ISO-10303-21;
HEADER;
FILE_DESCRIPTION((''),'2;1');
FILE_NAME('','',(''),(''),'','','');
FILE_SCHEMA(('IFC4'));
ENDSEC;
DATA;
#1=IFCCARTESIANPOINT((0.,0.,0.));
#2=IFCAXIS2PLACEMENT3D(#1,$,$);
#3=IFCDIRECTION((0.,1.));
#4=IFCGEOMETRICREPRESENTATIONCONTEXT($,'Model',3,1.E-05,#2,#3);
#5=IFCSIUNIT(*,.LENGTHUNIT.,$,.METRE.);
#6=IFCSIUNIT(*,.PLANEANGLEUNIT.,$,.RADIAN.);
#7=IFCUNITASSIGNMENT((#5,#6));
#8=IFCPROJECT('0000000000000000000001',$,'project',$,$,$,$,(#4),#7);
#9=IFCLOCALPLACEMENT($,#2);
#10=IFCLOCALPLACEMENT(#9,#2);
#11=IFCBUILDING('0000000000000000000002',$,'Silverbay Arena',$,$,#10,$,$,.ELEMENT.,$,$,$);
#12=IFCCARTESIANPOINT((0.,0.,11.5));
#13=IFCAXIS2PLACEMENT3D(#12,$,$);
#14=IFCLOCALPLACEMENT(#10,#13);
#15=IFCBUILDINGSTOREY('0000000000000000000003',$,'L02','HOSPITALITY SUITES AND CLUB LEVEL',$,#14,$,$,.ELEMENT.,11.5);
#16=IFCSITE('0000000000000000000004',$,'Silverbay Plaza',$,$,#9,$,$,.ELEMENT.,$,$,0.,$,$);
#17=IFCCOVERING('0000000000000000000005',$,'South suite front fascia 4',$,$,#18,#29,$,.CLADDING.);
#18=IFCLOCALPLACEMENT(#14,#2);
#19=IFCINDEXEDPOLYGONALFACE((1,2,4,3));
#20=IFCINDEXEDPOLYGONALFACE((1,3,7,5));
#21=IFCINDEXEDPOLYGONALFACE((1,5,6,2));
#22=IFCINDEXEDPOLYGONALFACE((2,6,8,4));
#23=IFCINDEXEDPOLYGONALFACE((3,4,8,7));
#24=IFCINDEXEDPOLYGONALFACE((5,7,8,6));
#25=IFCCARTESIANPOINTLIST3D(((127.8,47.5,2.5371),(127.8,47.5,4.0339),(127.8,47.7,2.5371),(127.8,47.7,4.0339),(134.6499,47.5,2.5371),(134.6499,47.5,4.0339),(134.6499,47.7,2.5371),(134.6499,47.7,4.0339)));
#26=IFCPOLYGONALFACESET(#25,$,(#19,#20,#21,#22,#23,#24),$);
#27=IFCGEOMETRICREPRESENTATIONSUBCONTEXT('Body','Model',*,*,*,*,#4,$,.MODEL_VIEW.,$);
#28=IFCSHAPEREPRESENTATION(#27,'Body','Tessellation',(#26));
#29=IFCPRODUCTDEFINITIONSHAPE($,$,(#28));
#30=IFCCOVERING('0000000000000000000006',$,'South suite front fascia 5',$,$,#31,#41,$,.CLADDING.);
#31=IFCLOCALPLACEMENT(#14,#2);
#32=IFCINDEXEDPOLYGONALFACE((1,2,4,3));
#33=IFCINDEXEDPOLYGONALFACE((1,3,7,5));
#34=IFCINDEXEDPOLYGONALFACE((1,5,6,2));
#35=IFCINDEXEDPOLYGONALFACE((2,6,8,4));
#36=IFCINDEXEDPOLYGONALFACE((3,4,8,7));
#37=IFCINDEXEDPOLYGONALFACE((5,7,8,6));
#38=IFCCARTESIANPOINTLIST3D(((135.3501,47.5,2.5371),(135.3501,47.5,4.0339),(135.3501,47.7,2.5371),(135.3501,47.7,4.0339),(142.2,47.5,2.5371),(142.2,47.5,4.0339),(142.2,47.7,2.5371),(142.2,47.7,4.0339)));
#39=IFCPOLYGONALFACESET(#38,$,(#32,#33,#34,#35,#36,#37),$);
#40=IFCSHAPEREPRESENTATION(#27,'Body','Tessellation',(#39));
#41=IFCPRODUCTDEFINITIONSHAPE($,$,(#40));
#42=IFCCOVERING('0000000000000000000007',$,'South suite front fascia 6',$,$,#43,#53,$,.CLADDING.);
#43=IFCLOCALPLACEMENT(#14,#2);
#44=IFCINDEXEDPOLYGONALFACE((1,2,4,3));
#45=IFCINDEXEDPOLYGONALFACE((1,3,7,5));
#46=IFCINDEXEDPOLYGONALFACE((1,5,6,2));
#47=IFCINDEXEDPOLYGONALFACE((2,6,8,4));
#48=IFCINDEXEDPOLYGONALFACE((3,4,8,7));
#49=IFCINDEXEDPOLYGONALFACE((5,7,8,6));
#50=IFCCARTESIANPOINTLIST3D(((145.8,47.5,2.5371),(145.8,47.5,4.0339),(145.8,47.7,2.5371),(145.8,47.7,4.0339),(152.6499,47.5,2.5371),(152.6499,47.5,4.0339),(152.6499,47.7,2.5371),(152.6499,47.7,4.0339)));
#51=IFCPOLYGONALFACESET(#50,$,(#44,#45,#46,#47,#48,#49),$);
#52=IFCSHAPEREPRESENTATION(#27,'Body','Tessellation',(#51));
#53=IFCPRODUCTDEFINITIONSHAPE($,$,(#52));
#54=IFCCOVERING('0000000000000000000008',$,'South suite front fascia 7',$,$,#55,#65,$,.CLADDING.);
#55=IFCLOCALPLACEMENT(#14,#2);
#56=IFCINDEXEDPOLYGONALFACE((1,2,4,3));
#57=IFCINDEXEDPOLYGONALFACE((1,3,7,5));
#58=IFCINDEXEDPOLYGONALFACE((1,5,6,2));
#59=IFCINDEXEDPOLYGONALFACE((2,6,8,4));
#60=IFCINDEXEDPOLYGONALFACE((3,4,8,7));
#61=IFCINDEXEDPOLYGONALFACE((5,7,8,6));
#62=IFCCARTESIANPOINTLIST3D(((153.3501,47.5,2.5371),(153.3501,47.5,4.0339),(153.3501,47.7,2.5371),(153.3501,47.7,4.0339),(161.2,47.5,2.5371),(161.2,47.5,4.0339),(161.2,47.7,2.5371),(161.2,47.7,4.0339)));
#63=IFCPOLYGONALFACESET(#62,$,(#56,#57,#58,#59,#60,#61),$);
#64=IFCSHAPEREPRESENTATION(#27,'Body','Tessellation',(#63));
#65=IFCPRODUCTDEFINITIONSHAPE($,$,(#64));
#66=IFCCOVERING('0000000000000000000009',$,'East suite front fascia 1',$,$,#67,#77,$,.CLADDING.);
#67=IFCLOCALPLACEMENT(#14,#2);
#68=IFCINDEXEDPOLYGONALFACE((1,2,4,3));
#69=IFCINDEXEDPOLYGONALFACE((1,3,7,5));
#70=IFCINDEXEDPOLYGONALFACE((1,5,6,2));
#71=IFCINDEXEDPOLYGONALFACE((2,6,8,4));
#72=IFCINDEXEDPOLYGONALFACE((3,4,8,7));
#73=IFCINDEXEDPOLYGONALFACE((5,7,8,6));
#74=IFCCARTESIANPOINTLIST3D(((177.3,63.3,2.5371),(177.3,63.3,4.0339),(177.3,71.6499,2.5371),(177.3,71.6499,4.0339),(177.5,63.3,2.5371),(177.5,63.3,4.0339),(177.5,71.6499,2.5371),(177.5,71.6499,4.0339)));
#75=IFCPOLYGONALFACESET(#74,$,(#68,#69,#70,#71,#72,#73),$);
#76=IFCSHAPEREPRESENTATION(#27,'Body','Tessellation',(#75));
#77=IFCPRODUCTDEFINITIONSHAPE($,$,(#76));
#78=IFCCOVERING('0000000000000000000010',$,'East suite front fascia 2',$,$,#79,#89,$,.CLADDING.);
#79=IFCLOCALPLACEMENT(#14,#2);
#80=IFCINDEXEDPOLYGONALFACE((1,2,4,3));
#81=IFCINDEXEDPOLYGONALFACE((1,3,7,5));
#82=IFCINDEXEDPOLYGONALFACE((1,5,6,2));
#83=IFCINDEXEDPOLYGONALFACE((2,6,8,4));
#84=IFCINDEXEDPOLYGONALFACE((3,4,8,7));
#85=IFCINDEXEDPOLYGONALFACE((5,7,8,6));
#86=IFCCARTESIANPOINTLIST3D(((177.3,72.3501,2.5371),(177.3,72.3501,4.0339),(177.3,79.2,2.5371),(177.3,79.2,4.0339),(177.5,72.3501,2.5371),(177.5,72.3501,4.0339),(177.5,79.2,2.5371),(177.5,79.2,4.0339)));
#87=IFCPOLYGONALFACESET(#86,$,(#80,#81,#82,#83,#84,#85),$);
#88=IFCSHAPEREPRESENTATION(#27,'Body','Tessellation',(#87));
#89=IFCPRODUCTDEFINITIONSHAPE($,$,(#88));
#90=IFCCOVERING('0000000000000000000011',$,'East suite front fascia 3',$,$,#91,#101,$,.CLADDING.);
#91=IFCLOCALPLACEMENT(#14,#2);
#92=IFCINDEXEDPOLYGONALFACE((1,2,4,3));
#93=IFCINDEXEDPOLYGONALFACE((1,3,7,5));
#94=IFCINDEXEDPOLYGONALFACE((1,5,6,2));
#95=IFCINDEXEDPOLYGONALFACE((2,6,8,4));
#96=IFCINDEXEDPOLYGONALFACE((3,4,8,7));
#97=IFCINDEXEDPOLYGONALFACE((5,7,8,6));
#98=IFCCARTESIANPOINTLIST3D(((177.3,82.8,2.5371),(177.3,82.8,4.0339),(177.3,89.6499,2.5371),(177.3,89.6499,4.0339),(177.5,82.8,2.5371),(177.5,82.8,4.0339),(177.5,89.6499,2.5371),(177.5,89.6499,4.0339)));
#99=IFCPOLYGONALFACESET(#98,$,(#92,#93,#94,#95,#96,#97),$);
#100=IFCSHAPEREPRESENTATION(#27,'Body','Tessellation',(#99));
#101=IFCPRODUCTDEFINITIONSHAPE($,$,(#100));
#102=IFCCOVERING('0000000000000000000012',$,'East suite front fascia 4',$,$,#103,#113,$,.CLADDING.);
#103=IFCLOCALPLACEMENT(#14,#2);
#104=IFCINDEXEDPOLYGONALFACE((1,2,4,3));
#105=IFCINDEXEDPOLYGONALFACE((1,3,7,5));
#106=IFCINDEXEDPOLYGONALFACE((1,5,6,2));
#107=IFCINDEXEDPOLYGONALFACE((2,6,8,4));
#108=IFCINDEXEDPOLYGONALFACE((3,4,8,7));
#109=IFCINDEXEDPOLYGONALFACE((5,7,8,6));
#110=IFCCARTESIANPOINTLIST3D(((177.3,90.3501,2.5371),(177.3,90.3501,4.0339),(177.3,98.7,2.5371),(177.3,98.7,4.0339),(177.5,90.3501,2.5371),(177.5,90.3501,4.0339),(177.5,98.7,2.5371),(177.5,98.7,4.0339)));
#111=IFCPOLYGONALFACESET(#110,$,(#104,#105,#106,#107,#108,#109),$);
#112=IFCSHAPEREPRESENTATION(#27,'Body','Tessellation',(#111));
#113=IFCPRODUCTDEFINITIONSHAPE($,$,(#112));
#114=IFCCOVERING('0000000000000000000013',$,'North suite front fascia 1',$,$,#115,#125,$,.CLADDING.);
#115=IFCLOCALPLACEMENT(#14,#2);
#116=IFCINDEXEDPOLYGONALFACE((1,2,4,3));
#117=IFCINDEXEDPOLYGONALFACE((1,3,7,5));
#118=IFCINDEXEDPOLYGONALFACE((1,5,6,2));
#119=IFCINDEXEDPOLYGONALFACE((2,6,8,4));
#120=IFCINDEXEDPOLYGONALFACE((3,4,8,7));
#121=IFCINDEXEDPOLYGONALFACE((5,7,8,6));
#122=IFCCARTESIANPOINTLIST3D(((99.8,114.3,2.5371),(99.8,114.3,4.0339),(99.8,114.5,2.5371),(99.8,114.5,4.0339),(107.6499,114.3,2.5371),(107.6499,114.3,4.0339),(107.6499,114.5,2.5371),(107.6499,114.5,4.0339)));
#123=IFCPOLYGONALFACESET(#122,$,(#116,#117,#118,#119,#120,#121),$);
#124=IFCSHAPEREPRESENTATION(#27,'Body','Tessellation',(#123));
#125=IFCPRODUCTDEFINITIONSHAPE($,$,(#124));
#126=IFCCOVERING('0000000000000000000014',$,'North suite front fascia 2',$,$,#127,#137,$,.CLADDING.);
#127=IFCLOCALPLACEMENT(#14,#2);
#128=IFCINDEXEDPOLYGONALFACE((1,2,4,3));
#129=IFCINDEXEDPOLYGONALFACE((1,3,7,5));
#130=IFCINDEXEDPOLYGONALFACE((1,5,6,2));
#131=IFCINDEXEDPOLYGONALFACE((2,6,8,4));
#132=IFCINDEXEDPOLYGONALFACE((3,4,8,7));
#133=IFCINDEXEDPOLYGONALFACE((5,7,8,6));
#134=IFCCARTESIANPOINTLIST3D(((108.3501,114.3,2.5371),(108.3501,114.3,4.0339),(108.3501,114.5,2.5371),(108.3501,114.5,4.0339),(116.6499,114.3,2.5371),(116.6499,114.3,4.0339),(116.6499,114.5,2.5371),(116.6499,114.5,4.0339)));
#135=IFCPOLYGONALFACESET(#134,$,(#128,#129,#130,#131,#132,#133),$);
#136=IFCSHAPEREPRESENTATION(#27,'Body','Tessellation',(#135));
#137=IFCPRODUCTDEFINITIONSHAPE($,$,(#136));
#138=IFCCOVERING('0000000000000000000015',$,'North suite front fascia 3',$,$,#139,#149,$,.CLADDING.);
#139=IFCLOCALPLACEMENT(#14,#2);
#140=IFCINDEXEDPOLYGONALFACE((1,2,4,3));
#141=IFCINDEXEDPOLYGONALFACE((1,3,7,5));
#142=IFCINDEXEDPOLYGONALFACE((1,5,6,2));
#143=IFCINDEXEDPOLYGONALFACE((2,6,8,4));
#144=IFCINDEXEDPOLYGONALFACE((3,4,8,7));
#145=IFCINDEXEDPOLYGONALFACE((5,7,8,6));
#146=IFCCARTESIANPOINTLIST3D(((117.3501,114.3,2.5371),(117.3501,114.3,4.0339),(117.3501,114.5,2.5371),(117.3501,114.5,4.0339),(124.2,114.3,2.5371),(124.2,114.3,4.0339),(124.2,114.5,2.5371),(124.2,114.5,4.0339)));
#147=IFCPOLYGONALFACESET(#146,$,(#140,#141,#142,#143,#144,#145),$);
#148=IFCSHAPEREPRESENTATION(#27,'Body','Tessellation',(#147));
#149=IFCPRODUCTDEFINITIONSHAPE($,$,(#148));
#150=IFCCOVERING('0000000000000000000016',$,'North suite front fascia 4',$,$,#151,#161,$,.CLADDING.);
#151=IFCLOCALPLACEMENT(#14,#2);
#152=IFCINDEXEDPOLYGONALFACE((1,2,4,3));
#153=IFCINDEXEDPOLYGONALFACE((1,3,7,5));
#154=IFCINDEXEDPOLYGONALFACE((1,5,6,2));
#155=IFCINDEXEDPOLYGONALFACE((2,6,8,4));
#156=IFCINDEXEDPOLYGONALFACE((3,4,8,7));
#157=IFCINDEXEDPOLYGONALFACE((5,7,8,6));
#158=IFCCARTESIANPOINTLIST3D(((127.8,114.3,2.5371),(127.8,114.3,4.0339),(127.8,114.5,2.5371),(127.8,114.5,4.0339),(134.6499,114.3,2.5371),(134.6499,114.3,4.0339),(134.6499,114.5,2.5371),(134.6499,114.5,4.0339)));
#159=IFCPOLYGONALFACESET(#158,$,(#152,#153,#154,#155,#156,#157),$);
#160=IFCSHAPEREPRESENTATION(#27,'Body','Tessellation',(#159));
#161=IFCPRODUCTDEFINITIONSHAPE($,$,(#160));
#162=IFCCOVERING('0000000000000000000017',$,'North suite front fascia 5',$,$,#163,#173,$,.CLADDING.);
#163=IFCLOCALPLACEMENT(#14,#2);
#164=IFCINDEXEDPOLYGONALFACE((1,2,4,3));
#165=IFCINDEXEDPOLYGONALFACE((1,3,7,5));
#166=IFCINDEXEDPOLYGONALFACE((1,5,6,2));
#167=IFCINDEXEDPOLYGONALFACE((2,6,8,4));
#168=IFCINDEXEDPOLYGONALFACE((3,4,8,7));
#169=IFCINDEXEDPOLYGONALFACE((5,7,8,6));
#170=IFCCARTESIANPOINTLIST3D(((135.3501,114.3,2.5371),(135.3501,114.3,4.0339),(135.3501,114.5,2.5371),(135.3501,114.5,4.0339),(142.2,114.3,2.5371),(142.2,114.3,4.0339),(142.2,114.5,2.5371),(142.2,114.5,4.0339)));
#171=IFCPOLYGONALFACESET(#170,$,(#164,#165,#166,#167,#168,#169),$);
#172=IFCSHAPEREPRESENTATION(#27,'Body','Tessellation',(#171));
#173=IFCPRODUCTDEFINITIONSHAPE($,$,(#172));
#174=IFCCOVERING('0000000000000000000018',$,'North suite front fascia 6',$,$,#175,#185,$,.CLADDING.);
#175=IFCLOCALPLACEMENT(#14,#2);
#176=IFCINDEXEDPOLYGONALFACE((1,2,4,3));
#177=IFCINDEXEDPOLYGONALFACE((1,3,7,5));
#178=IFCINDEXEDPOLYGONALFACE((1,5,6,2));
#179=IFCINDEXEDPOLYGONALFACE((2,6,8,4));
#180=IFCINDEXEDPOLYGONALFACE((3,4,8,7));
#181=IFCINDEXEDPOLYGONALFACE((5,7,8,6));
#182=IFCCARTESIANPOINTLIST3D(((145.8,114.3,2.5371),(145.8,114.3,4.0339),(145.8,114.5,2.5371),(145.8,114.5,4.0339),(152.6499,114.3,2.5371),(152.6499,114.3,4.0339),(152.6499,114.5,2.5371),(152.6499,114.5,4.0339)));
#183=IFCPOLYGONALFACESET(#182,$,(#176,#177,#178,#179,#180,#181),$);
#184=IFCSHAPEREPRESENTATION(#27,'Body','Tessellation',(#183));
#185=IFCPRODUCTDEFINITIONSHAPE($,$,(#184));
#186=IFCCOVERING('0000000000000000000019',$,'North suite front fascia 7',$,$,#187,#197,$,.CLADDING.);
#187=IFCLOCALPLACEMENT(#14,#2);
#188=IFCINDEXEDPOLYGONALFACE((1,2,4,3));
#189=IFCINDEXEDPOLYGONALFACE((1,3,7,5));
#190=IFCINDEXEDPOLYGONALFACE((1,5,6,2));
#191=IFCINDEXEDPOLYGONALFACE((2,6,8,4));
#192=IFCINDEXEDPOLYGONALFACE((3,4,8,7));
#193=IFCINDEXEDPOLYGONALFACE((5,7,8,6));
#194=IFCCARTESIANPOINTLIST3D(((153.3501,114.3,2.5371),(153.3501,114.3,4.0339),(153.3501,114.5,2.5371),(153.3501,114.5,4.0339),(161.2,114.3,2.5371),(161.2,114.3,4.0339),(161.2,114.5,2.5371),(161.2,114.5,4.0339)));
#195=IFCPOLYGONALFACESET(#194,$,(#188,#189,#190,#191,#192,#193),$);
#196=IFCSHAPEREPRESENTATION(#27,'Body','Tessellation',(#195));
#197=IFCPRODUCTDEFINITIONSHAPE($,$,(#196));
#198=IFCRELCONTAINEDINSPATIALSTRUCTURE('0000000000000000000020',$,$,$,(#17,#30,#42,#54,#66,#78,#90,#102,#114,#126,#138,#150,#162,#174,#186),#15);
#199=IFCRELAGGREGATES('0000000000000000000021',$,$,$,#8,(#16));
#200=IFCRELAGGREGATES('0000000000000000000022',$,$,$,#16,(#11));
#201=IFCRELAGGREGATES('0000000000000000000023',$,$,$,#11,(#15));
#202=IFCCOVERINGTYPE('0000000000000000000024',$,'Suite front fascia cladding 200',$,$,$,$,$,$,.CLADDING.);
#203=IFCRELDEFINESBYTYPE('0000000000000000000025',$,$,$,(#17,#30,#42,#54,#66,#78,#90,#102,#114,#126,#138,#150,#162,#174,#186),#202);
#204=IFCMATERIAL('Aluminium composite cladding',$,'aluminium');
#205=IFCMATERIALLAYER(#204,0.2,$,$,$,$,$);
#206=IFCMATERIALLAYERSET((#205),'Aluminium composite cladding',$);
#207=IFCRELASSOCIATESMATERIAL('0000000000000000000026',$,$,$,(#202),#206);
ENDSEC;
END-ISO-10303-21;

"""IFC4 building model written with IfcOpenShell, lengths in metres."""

from ifc_helpers import new_model, si_unit, direction, frame, origin, place, context, subcontext, project, spatial, polyline, outline, extrude, material, layer, layer_set, type_object, element, save


model = new_model("IFC4")

# Units and contexts
model_context = context("Model", 3, precision=1e-05, world=origin(), true_north=direction((0.0, 1.0)))
body_context = subcontext(model_context, "Body", "Model", "MODEL_VIEW")
ifc_project = project(units=[si_unit("LENGTHUNIT", "METRE"), si_unit("PLANEANGLEUNIT", "RADIAN")], contexts=[model_context])

# Site, building, storey
site_placement = place(None, origin())
site = spatial("IfcSite", under=ifc_project, at=site_placement, Name="Silverbay Plaza", CompositionType="ELEMENT", RefElevation=0.0)
building_placement = place(site_placement, origin())
building = spatial("IfcBuilding", under=site, at=building_placement, Name="Silverbay Arena", CompositionType="ELEMENT")
storey_placement = place(building_placement, frame((0.0, 0.0, 11.5)))
storey = spatial("IfcBuildingStorey", under=building, at=storey_placement, Name="L02", Description="HOSPITALITY SUITES AND CLUB LEVEL", CompositionType="ELEMENT", Elevation=11.5)

# Coverings
ifc_material_1 = material(Name="Aluminium composite cladding", Category="aluminium")
ifc_layer_1 = layer(ifc_material_1, 0.2)
ifc_layer_set_1 = layer_set([ifc_layer_1], Name="Aluminium composite cladding")
covering_type = type_object("IfcCoveringType", Name="Suite front fascia cladding 200", PredefinedType="CLADDING", material=ifc_layer_set_1)
covering_1_placement = place(storey_placement, frame((0.0, 0.0, 2.5371)))
element("IfcCovering", 1, at=covering_1_placement, inside=storey, type_object=covering_type, Name="South suite front fascia 4", PredefinedType="CLADDING", context=body_context, shape_type="SweptSolid", body=[
    extrude(outline(polyline([(127.8, 47.7), (134.6499, 47.7), (134.6499, 47.5), (127.8, 47.5), (127.8, 47.7)])), origin(), (0.0, 0.0, 1.0), 1.4968),
])
covering_2_placement = place(storey_placement, frame((0.0, 0.0, 2.5371)))
element("IfcCovering", 2, at=covering_2_placement, inside=storey, type_object=covering_type, Name="South suite front fascia 5", PredefinedType="CLADDING", context=body_context, shape_type="SweptSolid", body=[
    extrude(outline(polyline([(135.3501, 47.7), (142.2, 47.7), (142.2, 47.5), (135.3501, 47.5), (135.3501, 47.7)])), origin(), (0.0, 0.0, 1.0), 1.4968),
])
covering_3_placement = place(storey_placement, frame((0.0, 0.0, 2.5371)))
element("IfcCovering", 3, at=covering_3_placement, inside=storey, type_object=covering_type, Name="South suite front fascia 6", PredefinedType="CLADDING", context=body_context, shape_type="SweptSolid", body=[
    extrude(outline(polyline([(145.8, 47.7), (152.6499, 47.7), (152.6499, 47.5), (145.8, 47.5), (145.8, 47.7)])), origin(), (0.0, 0.0, 1.0), 1.4968),
])
covering_4_placement = place(storey_placement, frame((0.0, 0.0, 2.5371)))
element("IfcCovering", 4, at=covering_4_placement, inside=storey, type_object=covering_type, Name="South suite front fascia 7", PredefinedType="CLADDING", context=body_context, shape_type="SweptSolid", body=[
    extrude(outline(polyline([(153.3501, 47.7), (161.2, 47.7), (161.2, 47.5), (153.3501, 47.5), (153.3501, 47.7)])), origin(), (0.0, 0.0, 1.0), 1.4968),
])
covering_5_placement = place(storey_placement, frame((0.0, 0.0, 2.5371)))
element("IfcCovering", 5, at=covering_5_placement, inside=storey, type_object=covering_type, Name="East suite front fascia 1", PredefinedType="CLADDING", context=body_context, shape_type="SweptSolid", body=[
    extrude(outline(polyline([(177.3, 63.3), (177.3, 71.6499), (177.5, 71.6499), (177.5, 63.3), (177.3, 63.3)])), origin(), (0.0, 0.0, 1.0), 1.4968),
])
covering_6_placement = place(storey_placement, frame((0.0, 0.0, 2.5371)))
element("IfcCovering", 6, at=covering_6_placement, inside=storey, type_object=covering_type, Name="East suite front fascia 2", PredefinedType="CLADDING", context=body_context, shape_type="SweptSolid", body=[
    extrude(outline(polyline([(177.3, 72.3501), (177.3, 79.2), (177.5, 79.2), (177.5, 72.3501), (177.3, 72.3501)])), origin(), (0.0, 0.0, 1.0), 1.4968),
])
covering_7_placement = place(storey_placement, frame((0.0, 0.0, 2.5371)))
element("IfcCovering", 7, at=covering_7_placement, inside=storey, type_object=covering_type, Name="East suite front fascia 3", PredefinedType="CLADDING", context=body_context, shape_type="SweptSolid", body=[
    extrude(outline(polyline([(177.3, 82.8), (177.3, 89.6499), (177.5, 89.6499), (177.5, 82.8), (177.3, 82.8)])), origin(), (0.0, 0.0, 1.0), 1.4968),
])
covering_8_placement = place(storey_placement, frame((0.0, 0.0, 2.5371)))
element("IfcCovering", 8, at=covering_8_placement, inside=storey, type_object=covering_type, Name="East suite front fascia 4", PredefinedType="CLADDING", context=body_context, shape_type="SweptSolid", body=[
    extrude(outline(polyline([(177.3, 90.3501), (177.3, 98.7), (177.5, 98.7), (177.5, 90.3501), (177.3, 90.3501)])), origin(), (0.0, 0.0, 1.0), 1.4968),
])
covering_9_placement = place(storey_placement, frame((0.0, 0.0, 2.5371)))
element("IfcCovering", 9, at=covering_9_placement, inside=storey, type_object=covering_type, Name="North suite front fascia 1", PredefinedType="CLADDING", context=body_context, shape_type="SweptSolid", body=[
    extrude(outline(polyline([(99.8, 114.5), (107.6499, 114.5), (107.6499, 114.3), (99.8, 114.3), (99.8, 114.5)])), origin(), (0.0, 0.0, 1.0), 1.4968),
])
covering_10_placement = place(storey_placement, frame((0.0, 0.0, 2.5371)))
element("IfcCovering", 10, at=covering_10_placement, inside=storey, type_object=covering_type, Name="North suite front fascia 2", PredefinedType="CLADDING", context=body_context, shape_type="SweptSolid", body=[
    extrude(outline(polyline([(108.3501, 114.5), (116.6499, 114.5), (116.6499, 114.3), (108.3501, 114.3), (108.3501, 114.5)])), origin(), (0.0, 0.0, 1.0), 1.4968),
])
covering_11_placement = place(storey_placement, frame((0.0, 0.0, 2.5371)))
element("IfcCovering", 11, at=covering_11_placement, inside=storey, type_object=covering_type, Name="North suite front fascia 3", PredefinedType="CLADDING", context=body_context, shape_type="SweptSolid", body=[
    extrude(outline(polyline([(117.3501, 114.5), (124.2, 114.5), (124.2, 114.3), (117.3501, 114.3), (117.3501, 114.5)])), origin(), (0.0, 0.0, 1.0), 1.4968),
])
covering_12_placement = place(storey_placement, frame((0.0, 0.0, 2.5371)))
element("IfcCovering", 12, at=covering_12_placement, inside=storey, type_object=covering_type, Name="North suite front fascia 4", PredefinedType="CLADDING", context=body_context, shape_type="SweptSolid", body=[
    extrude(outline(polyline([(127.8, 114.5), (134.6499, 114.5), (134.6499, 114.3), (127.8, 114.3), (127.8, 114.5)])), origin(), (0.0, 0.0, 1.0), 1.4968),
])
covering_13_placement = place(storey_placement, frame((0.0, 0.0, 2.5371)))
element("IfcCovering", 13, at=covering_13_placement, inside=storey, type_object=covering_type, Name="North suite front fascia 5", PredefinedType="CLADDING", context=body_context, shape_type="SweptSolid", body=[
    extrude(outline(polyline([(135.3501, 114.5), (142.2, 114.5), (142.2, 114.3), (135.3501, 114.3), (135.3501, 114.5)])), origin(), (0.0, 0.0, 1.0), 1.4968),
])
covering_14_placement = place(storey_placement, frame((0.0, 0.0, 2.5371)))
element("IfcCovering", 14, at=covering_14_placement, inside=storey, type_object=covering_type, Name="North suite front fascia 6", PredefinedType="CLADDING", context=body_context, shape_type="SweptSolid", body=[
    extrude(outline(polyline([(145.8, 114.5), (152.6499, 114.5), (152.6499, 114.3), (145.8, 114.3), (145.8, 114.5)])), origin(), (0.0, 0.0, 1.0), 1.4968),
])
covering_15_placement = place(storey_placement, frame((0.0, 0.0, 2.5371)))
element("IfcCovering", 15, at=covering_15_placement, inside=storey, type_object=covering_type, Name="North suite front fascia 7", PredefinedType="CLADDING", context=body_context, shape_type="SweptSolid", body=[
    extrude(outline(polyline([(153.3501, 114.5), (161.2, 114.5), (161.2, 114.3), (153.3501, 114.3), (153.3501, 114.5)])), origin(), (0.0, 0.0, 1.0), 1.4968),
])

save(model, "model.ifc")
